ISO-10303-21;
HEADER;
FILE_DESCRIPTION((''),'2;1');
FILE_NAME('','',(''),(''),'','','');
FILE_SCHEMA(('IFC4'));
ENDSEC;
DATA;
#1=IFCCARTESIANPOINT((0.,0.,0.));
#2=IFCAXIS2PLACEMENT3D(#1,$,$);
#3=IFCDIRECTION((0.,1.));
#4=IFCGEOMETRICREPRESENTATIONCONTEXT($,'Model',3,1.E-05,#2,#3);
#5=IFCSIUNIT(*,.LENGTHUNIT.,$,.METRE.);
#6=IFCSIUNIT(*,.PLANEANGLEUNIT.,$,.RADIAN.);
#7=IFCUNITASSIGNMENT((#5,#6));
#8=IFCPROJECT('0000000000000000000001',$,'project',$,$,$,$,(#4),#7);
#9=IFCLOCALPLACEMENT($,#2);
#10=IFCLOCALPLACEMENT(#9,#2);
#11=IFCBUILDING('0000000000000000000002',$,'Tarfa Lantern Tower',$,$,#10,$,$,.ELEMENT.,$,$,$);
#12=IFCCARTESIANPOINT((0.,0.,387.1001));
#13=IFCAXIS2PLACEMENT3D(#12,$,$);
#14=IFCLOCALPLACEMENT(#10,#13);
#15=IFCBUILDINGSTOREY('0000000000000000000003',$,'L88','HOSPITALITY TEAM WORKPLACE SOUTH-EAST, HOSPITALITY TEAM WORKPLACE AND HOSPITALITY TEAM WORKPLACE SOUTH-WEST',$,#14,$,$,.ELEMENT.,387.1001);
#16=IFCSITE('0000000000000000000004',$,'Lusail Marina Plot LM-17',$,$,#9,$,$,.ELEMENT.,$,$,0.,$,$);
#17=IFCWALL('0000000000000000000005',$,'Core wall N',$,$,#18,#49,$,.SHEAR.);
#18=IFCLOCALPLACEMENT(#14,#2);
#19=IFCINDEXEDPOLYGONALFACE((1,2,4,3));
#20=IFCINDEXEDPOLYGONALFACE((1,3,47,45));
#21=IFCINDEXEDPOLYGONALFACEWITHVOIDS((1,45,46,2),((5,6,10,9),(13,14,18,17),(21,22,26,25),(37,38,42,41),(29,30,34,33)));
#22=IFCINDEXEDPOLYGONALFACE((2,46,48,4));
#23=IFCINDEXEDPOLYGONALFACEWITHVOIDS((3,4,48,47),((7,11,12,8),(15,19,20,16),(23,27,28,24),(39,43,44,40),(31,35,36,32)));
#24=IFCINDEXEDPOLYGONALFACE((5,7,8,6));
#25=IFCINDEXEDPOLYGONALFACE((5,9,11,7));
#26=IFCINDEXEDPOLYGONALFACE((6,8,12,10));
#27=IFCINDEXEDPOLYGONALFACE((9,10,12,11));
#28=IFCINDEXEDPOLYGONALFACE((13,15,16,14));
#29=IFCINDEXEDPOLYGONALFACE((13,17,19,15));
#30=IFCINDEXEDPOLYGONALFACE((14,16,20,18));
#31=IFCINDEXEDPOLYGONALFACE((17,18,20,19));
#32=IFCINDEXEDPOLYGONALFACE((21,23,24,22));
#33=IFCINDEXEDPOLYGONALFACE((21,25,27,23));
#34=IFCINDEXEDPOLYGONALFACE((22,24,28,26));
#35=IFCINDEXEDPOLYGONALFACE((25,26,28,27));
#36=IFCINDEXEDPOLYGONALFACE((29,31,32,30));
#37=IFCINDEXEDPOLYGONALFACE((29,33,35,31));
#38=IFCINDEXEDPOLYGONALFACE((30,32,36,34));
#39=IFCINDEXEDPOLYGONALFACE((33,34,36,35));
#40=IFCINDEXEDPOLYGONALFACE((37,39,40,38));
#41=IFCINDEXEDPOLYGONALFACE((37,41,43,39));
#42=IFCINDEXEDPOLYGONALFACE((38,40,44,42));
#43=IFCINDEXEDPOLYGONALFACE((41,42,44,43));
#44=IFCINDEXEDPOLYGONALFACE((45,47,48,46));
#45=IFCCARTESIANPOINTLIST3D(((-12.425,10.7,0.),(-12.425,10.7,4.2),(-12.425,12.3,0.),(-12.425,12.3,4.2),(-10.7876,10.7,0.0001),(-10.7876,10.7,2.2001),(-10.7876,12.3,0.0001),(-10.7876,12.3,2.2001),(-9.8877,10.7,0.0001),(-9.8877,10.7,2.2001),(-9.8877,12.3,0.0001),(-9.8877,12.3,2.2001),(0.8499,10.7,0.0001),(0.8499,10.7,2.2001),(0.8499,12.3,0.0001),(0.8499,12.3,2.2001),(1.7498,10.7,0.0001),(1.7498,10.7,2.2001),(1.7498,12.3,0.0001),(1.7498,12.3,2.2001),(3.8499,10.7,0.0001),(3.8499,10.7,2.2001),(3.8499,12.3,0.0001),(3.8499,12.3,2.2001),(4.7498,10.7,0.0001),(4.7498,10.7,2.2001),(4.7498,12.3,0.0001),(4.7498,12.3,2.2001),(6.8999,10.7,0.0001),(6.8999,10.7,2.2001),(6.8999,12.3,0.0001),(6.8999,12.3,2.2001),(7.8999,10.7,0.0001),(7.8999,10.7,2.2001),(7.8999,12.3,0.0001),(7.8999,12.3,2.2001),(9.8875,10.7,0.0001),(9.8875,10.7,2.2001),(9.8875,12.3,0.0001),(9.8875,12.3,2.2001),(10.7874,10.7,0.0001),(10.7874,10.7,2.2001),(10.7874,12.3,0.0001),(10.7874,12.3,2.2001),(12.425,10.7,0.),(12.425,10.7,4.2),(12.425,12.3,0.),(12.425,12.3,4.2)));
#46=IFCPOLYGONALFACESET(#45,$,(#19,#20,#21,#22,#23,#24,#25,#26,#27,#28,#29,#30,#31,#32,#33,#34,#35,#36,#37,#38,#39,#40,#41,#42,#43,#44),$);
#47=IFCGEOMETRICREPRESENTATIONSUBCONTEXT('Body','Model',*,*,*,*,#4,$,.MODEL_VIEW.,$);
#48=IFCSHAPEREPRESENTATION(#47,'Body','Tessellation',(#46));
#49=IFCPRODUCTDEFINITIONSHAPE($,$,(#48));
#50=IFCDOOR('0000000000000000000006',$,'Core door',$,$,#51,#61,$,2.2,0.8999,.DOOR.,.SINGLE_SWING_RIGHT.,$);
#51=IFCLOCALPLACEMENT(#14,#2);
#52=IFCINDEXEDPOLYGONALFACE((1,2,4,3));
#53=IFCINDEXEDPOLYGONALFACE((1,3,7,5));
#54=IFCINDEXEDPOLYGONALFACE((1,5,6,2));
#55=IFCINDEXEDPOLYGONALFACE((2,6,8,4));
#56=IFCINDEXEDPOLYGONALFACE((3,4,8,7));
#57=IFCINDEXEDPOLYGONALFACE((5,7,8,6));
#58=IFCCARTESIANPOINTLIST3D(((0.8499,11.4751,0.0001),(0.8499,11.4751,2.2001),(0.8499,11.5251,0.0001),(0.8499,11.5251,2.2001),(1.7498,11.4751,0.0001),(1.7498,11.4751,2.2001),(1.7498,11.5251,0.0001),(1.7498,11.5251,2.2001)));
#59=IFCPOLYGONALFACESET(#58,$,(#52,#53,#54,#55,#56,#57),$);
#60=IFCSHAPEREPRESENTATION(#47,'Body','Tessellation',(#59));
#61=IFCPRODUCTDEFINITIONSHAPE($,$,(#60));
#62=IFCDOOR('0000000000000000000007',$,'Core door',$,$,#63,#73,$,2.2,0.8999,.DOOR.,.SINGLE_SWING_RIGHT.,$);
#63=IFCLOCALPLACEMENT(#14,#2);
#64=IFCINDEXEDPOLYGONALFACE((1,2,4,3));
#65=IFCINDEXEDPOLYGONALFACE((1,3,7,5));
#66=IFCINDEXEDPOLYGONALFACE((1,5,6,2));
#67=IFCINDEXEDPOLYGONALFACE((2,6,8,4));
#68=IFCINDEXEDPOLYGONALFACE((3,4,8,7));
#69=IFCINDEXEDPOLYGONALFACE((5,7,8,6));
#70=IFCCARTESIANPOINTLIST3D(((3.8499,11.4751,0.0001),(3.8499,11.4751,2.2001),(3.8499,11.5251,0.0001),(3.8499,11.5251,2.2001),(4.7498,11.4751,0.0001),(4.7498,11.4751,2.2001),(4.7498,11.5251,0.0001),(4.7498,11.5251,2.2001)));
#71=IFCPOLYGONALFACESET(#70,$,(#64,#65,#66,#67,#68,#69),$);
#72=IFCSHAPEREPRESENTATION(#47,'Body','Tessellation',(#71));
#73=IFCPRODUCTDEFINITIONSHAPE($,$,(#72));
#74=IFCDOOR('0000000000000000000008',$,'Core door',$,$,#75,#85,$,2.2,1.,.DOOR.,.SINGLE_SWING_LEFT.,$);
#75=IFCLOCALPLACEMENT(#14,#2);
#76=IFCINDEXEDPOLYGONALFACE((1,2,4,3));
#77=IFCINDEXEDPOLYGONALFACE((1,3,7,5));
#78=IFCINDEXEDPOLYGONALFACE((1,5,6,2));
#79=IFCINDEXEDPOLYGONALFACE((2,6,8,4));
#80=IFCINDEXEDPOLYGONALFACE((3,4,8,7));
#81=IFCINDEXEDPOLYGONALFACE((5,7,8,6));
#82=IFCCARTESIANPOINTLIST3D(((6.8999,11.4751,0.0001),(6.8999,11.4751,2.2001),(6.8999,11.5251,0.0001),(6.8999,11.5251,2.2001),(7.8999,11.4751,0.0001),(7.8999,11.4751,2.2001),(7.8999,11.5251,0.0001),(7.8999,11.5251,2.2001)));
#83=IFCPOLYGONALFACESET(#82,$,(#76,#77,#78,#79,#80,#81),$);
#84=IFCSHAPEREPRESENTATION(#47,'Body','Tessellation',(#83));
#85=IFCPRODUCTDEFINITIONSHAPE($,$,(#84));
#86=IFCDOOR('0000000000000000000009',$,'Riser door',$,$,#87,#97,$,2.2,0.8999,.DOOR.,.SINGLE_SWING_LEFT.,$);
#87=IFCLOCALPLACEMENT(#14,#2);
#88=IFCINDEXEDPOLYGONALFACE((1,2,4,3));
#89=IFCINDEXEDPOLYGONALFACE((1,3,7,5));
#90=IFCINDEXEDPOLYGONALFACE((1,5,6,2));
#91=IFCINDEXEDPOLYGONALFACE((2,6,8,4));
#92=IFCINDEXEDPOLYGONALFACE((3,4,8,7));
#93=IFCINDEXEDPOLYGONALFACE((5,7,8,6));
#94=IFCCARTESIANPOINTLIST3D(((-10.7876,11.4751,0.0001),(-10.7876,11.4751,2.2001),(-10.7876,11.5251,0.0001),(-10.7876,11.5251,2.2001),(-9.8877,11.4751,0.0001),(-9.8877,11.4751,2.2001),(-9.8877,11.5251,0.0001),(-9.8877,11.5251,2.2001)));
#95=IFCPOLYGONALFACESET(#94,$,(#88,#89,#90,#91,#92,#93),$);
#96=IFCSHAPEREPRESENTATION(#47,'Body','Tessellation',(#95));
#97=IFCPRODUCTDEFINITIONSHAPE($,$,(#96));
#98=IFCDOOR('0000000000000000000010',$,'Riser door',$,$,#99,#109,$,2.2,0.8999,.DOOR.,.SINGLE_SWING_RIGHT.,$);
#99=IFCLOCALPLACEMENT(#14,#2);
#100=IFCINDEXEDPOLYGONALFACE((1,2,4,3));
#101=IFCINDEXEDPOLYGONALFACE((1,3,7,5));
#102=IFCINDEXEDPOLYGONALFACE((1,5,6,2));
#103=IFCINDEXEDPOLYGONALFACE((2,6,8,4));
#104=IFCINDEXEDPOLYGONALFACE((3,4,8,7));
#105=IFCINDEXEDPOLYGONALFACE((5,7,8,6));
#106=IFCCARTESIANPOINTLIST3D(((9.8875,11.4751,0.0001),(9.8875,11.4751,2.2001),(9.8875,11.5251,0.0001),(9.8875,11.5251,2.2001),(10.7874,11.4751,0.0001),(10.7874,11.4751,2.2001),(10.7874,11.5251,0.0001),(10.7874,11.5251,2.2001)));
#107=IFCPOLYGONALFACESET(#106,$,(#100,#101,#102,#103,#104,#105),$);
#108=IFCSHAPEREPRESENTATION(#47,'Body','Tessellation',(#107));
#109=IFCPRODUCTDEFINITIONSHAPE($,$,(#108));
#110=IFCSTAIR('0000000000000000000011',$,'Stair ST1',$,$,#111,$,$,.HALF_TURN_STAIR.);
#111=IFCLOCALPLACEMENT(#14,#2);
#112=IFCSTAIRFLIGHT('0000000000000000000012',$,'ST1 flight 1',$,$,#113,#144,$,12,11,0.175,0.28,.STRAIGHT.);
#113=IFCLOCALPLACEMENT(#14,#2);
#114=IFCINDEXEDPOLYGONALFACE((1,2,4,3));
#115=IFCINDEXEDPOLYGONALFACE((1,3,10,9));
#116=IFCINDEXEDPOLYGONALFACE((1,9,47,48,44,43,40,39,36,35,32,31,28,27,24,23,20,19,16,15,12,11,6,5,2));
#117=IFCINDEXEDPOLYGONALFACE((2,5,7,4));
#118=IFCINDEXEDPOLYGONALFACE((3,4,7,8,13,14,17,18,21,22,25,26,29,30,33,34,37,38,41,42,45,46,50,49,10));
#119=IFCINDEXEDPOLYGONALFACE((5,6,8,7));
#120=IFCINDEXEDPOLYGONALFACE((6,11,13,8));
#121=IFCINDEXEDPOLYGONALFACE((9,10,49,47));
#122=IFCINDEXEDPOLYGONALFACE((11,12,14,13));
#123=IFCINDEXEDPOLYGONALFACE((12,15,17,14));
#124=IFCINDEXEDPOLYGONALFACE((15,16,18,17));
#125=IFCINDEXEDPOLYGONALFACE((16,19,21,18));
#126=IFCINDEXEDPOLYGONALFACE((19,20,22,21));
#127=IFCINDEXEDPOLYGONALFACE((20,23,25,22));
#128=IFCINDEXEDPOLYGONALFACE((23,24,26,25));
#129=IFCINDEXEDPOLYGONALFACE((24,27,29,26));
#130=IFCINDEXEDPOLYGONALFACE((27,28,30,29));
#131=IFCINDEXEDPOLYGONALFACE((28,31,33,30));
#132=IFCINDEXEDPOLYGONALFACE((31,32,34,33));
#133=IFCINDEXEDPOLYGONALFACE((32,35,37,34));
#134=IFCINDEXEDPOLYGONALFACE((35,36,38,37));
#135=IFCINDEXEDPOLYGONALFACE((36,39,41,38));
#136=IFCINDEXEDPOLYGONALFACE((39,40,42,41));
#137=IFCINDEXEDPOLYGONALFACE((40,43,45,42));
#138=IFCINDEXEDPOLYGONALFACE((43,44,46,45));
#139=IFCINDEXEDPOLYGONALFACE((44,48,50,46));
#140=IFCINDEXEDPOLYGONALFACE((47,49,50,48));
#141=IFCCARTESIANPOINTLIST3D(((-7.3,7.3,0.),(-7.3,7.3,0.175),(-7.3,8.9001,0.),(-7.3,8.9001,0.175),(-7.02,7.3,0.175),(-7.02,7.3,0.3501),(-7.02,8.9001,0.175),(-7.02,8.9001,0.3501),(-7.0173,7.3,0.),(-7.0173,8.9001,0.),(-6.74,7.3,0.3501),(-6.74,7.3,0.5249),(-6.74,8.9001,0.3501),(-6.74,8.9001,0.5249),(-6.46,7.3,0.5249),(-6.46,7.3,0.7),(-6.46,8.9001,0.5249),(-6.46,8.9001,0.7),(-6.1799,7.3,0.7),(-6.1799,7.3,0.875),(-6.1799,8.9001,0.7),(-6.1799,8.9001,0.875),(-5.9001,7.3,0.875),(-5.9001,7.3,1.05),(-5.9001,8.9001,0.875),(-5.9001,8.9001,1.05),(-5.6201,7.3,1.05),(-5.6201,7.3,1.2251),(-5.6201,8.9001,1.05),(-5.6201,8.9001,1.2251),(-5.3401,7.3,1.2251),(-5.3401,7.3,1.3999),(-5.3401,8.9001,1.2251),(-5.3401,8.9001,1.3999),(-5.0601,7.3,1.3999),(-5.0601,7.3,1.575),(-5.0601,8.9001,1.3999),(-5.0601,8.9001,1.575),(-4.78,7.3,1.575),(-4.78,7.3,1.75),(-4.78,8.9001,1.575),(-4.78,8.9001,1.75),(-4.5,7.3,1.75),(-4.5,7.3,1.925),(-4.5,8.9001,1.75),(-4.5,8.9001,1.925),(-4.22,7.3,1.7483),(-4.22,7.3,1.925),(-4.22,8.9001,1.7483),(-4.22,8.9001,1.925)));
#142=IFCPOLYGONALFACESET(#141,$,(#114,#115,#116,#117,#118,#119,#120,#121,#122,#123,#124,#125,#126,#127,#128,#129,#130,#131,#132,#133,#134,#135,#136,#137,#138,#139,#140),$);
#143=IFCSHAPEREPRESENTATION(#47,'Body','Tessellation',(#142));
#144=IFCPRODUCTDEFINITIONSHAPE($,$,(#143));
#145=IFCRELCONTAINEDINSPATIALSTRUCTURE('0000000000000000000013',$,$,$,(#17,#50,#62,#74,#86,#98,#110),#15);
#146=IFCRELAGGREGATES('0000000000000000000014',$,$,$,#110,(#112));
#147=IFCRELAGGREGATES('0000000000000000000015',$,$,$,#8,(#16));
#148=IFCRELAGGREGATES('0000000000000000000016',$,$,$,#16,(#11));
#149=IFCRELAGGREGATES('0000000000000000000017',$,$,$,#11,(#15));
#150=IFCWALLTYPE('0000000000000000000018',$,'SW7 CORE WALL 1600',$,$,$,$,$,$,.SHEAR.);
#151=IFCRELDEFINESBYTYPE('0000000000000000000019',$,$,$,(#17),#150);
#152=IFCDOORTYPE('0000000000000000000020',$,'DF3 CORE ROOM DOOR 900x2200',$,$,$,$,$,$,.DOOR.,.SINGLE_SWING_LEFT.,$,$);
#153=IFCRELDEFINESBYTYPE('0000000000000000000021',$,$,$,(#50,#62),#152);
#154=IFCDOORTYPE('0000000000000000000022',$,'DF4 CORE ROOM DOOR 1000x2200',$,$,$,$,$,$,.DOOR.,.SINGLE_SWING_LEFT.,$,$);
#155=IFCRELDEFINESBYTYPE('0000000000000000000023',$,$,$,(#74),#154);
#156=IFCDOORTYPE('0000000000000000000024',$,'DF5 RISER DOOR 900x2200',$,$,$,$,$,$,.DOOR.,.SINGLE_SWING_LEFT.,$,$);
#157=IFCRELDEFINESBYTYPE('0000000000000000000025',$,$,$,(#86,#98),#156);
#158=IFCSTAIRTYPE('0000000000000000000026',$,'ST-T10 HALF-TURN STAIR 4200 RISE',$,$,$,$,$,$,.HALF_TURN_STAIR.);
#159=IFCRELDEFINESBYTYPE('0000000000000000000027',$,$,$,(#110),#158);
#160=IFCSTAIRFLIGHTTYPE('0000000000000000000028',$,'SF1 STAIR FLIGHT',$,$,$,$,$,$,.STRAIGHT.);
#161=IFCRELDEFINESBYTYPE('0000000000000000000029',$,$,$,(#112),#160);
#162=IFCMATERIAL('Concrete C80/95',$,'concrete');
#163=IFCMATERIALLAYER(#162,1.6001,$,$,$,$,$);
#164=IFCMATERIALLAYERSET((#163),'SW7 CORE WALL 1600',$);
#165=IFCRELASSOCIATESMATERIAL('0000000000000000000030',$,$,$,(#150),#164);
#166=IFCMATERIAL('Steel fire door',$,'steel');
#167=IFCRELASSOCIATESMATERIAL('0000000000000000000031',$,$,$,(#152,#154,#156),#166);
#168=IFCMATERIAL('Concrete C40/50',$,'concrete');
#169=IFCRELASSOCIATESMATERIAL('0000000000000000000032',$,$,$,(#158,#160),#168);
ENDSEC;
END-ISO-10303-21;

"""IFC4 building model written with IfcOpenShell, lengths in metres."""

from ifc_helpers import new_model, si_unit, direction, frame, frame_2d, origin, place, context, subcontext, project, spatial, polyline, rectangle, outline, extrude, material, layer, layer_set, type_object, element, fill, aggregate, save


model = new_model("IFC4")

# Units and contexts
model_context = context("Model", 3, precision=1e-05, world=origin(), true_north=direction((0.0, 1.0)))
body_context = subcontext(model_context, "Body", "Model", "MODEL_VIEW")
ifc_project = project(units=[si_unit("LENGTHUNIT", "METRE"), si_unit("PLANEANGLEUNIT", "RADIAN")], contexts=[model_context])

# Site, building, storey
site_placement = place(None, origin())
site = spatial("IfcSite", under=ifc_project, at=site_placement, Name="Lusail Marina Plot LM-17", CompositionType="ELEMENT", RefElevation=0.0)
building_placement = place(site_placement, origin())
building = spatial("IfcBuilding", under=site, at=building_placement, Name="Tarfa Lantern Tower", CompositionType="ELEMENT")
storey_placement = place(building_placement, frame((0.0, 0.0, 387.1001)))
storey = spatial("IfcBuildingStorey", under=building, at=storey_placement, Name="L88", Description="HOSPITALITY TEAM WORKPLACE SOUTH-EAST, HOSPITALITY TEAM WORKPLACE AND HOSPITALITY TEAM WORKPLACE SOUTH-WEST", CompositionType="ELEMENT", Elevation=387.1001)

# Shared definitions
ifc_material_1 = material(Name="Concrete C80/95", Category="concrete")
ifc_material_2 = material(Name="Steel fire door", Category="steel")

# Wall, openings, doors
ifc_layer_1 = layer(ifc_material_1, 1.6001)
ifc_layer_set_1 = layer_set([ifc_layer_1], Name="SW7 CORE WALL 1600")
wall_type_1 = type_object("IfcWallType", Name="SW7 CORE WALL 1600", PredefinedType="SHEAR", material=ifc_layer_set_1)
wall_1_placement = place(storey_placement, frame((-12.425, 11.5, 0.0), z_axis=(0.0, 0.0, 1.0), x_axis=(1.0, 0.0, 0.0)))
wall_1 = element("IfcWall", 1, at=wall_1_placement, inside=storey, type_object=wall_type_1, Name="Core wall N", PredefinedType="SHEAR", context=body_context, shape_type="SweptSolid", body=[
    extrude(rectangle(XDim=24.8501, YDim=1.6001, at=frame_2d((12.425, 0.0))), origin(), (0.0, 0.0, 1.0), 4.2),
])
opening_1_placement = place(wall_1_placement, frame((13.2749, 0.0, 0.0)))
opening_1 = element("IfcOpeningElement", 2, at=opening_1_placement, cuts=wall_1, PredefinedType="OPENING", context=body_context, shape_type="SweptSolid", body=[
    extrude(rectangle(XDim=0.8999, YDim=2.2, at=frame_2d((0.45, 1.1001))), frame((0.0, 0.8101, 0.0), z_axis=(0.0, -1.0, 0.0), x_axis=(1.0, 0.0, 0.0)), (0.0, 0.0, 1.0), 1.6201),
])
opening_2_placement = place(wall_1_placement, frame((16.2749, 0.0, 0.0)))
opening_2 = element("IfcOpeningElement", 3, at=opening_2_placement, cuts=wall_1, PredefinedType="OPENING", context=body_context, shape_type="SweptSolid", body=[
    extrude(rectangle(XDim=0.8999, YDim=2.2, at=frame_2d((0.45, 1.1001))), frame((0.0, 0.8101, 0.0), z_axis=(0.0, -1.0, 0.0), x_axis=(1.0, 0.0, 0.0)), (0.0, 0.0, 1.0), 1.6201),
])
opening_3_placement = place(wall_1_placement, frame((19.325, 0.0, 0.0)))
opening_3 = element("IfcOpeningElement", 4, at=opening_3_placement, cuts=wall_1, PredefinedType="OPENING", context=body_context, shape_type="SweptSolid", body=[
    extrude(rectangle(XDim=1.0, YDim=2.2, at=frame_2d((0.5, 1.1001))), frame((0.0, 0.8101, 0.0), z_axis=(0.0, -1.0, 0.0), x_axis=(1.0, 0.0, 0.0)), (0.0, 0.0, 1.0), 1.6201),
])
opening_4_placement = place(wall_1_placement, frame((1.6375, 0.0, 0.0)))
opening_4 = element("IfcOpeningElement", 5, at=opening_4_placement, cuts=wall_1, PredefinedType="OPENING", context=body_context, shape_type="SweptSolid", body=[
    extrude(rectangle(XDim=0.8999, YDim=2.2, at=frame_2d((0.45, 1.1001))), frame((0.0, 0.8101, 0.0), z_axis=(0.0, -1.0, 0.0), x_axis=(1.0, 0.0, 0.0)), (0.0, 0.0, 1.0), 1.6201),
])
opening_5_placement = place(wall_1_placement, frame((22.3125, 0.0, 0.0)))
opening_5 = element("IfcOpeningElement", 6, at=opening_5_placement, cuts=wall_1, PredefinedType="OPENING", context=body_context, shape_type="SweptSolid", body=[
    extrude(rectangle(XDim=0.8999, YDim=2.2, at=frame_2d((0.45, 1.1001))), frame((0.0, 0.8101, 0.0), z_axis=(0.0, -1.0, 0.0), x_axis=(1.0, 0.0, 0.0)), (0.0, 0.0, 1.0), 1.6201),
])
door_type_1 = type_object("IfcDoorType", Name="DF3 CORE ROOM DOOR 900x2200", OperationType="SINGLE_SWING_LEFT", PredefinedType="DOOR", material=ifc_material_2)
door_1_placement = place(opening_1_placement, frame((0.8999, 0.0, 0.0), z_axis=(0.0, 0.0, 1.0), x_axis=(-1.0, 0.0, 0.0)))
door_1 = element("IfcDoor", 7, at=door_1_placement, inside=storey, type_object=door_type_1, Name="Core door", OperationType="SINGLE_SWING_RIGHT", OverallHeight=2.2, OverallWidth=0.8999, PredefinedType="DOOR", context=body_context, shape_type="SweptSolid", body=[
    extrude(rectangle(XDim=0.8999, YDim=2.2, at=frame_2d((0.45, 1.1001))), frame((0.0, 0.0249, 0.0), z_axis=(0.0, -1.0, 0.0), x_axis=(1.0, 0.0, 0.0)), (0.0, 0.0, 1.0), 0.05),
])
fill(opening_1, door_1)
door_2_placement = place(opening_2_placement, frame((0.8999, 0.0, 0.0), z_axis=(0.0, 0.0, 1.0), x_axis=(-1.0, 0.0, 0.0)))
door_2 = element("IfcDoor", 8, at=door_2_placement, inside=storey, type_object=door_type_1, Name="Core door", OperationType="SINGLE_SWING_RIGHT", OverallHeight=2.2, OverallWidth=0.8999, PredefinedType="DOOR", context=body_context, shape_type="SweptSolid", body=[
    extrude(rectangle(XDim=0.8999, YDim=2.2, at=frame_2d((0.45, 1.1001))), frame((0.0, 0.0249, 0.0), z_axis=(0.0, -1.0, 0.0), x_axis=(1.0, 0.0, 0.0)), (0.0, 0.0, 1.0), 0.05),
])
fill(opening_2, door_2)
door_type_2 = type_object("IfcDoorType", Name="DF4 CORE ROOM DOOR 1000x2200", OperationType="SINGLE_SWING_LEFT", PredefinedType="DOOR", material=ifc_material_2)
door_3_placement = place(opening_3_placement, frame((1.0, 0.0, 0.0), z_axis=(0.0, 0.0, 1.0), x_axis=(-1.0, 0.0, 0.0)))
door_3 = element("IfcDoor", 9, at=door_3_placement, inside=storey, type_object=door_type_2, Name="Core door", OperationType="SINGLE_SWING_LEFT", OverallHeight=2.2, OverallWidth=1.0, PredefinedType="DOOR", context=body_context, shape_type="SweptSolid", body=[
    extrude(rectangle(XDim=1.0, YDim=2.2, at=frame_2d((0.5, 1.1001))), frame((0.0, 0.0249, 0.0), z_axis=(0.0, -1.0, 0.0), x_axis=(1.0, 0.0, 0.0)), (0.0, 0.0, 1.0), 0.05),
])
fill(opening_3, door_3)
door_type_3 = type_object("IfcDoorType", Name="DF5 RISER DOOR 900x2200", OperationType="SINGLE_SWING_LEFT", PredefinedType="DOOR", material=ifc_material_2)
door_4_placement = place(opening_4_placement, frame((0.8999, 0.0, 0.0), z_axis=(0.0, 0.0, 1.0), x_axis=(-1.0, 0.0, 0.0)))
door_4 = element("IfcDoor", 10, at=door_4_placement, inside=storey, type_object=door_type_3, Name="Riser door", OperationType="SINGLE_SWING_LEFT", OverallHeight=2.2, OverallWidth=0.8999, PredefinedType="DOOR", context=body_context, shape_type="SweptSolid", body=[
    extrude(rectangle(XDim=0.8999, YDim=2.2, at=frame_2d((0.45, 1.1001))), frame((0.0, 0.0249, 0.0), z_axis=(0.0, -1.0, 0.0), x_axis=(1.0, 0.0, 0.0)), (0.0, 0.0, 1.0), 0.05),
])
fill(opening_4, door_4)
door_5_placement = place(opening_5_placement, frame((0.8999, 0.0, 0.0), z_axis=(0.0, 0.0, 1.0), x_axis=(-1.0, 0.0, 0.0)))
door_5 = element("IfcDoor", 11, at=door_5_placement, inside=storey, type_object=door_type_3, Name="Riser door", OperationType="SINGLE_SWING_RIGHT", OverallHeight=2.2, OverallWidth=0.8999, PredefinedType="DOOR", context=body_context, shape_type="SweptSolid", body=[
    extrude(rectangle(XDim=0.8999, YDim=2.2, at=frame_2d((0.45, 1.1001))), frame((0.0, 0.0249, 0.0), z_axis=(0.0, -1.0, 0.0), x_axis=(1.0, 0.0, 0.0)), (0.0, 0.0, 1.0), 0.05),
])
fill(opening_5, door_5)

# Stair, stair flight
ifc_material_3 = material(Name="Concrete C40/50", Category="concrete")
stair_type = type_object("IfcStairType", Name="ST-T10 HALF-TURN STAIR 4200 RISE", PredefinedType="HALF_TURN_STAIR", material=ifc_material_3)
stair_placement = place(storey_placement, origin())
stair = element("IfcStair", 12, at=stair_placement, inside=storey, type_object=stair_type, Name="Stair ST1", PredefinedType="HALF_TURN_STAIR")
stair_flight_type = type_object("IfcStairFlightType", Name="SF1 STAIR FLIGHT", PredefinedType="STRAIGHT", material=ifc_material_3)
stair_flight_1_placement = place(storey_placement, frame((-7.3, 8.1001, 0.0), z_axis=(0.0, 0.0, 1.0), x_axis=(1.0, 0.0, 0.0)))
stair_flight_1 = element("IfcStairFlight", 13, at=stair_flight_1_placement, type_object=stair_flight_type, Name="ST1 flight 1", NumberOfRisers=12, NumberOfTreads=11, PredefinedType="STRAIGHT", RiserHeight=0.175, TreadLength=0.28, context=body_context, shape_type="SweptSolid", body=[
    extrude(outline(polyline([(0.0, 0.0), (0.0, 0.175), (0.28, 0.175), (0.28, 0.3501), (0.5601, 0.3501), (0.5601, 0.5249), (0.8401, 0.5249), (0.8401, 0.7), (1.1201, 0.7), (1.1201, 0.875), (1.3999, 0.875), (1.3999, 1.05), (1.6799, 1.05), (1.6799, 1.2251), (1.96, 1.2251), (1.96, 1.3999), (2.24, 1.3999), (2.24, 1.575), (2.52, 1.575), (2.52, 1.75), (2.8, 1.75), (2.8, 1.925), (3.0801, 1.925), (3.0801, 2.1001), (3.0801, 1.7483), (0.2827, 0.0), (0.0, 0.0)])), frame((0.0, 0.8, 0.0), z_axis=(0.0, -1.0, 0.0), x_axis=(1.0, 0.0, 0.0)), (0.0, 0.0, 1.0), 1.6001),
])
aggregate(stair, [stair_flight_1])

save(model, "model.ifc")
